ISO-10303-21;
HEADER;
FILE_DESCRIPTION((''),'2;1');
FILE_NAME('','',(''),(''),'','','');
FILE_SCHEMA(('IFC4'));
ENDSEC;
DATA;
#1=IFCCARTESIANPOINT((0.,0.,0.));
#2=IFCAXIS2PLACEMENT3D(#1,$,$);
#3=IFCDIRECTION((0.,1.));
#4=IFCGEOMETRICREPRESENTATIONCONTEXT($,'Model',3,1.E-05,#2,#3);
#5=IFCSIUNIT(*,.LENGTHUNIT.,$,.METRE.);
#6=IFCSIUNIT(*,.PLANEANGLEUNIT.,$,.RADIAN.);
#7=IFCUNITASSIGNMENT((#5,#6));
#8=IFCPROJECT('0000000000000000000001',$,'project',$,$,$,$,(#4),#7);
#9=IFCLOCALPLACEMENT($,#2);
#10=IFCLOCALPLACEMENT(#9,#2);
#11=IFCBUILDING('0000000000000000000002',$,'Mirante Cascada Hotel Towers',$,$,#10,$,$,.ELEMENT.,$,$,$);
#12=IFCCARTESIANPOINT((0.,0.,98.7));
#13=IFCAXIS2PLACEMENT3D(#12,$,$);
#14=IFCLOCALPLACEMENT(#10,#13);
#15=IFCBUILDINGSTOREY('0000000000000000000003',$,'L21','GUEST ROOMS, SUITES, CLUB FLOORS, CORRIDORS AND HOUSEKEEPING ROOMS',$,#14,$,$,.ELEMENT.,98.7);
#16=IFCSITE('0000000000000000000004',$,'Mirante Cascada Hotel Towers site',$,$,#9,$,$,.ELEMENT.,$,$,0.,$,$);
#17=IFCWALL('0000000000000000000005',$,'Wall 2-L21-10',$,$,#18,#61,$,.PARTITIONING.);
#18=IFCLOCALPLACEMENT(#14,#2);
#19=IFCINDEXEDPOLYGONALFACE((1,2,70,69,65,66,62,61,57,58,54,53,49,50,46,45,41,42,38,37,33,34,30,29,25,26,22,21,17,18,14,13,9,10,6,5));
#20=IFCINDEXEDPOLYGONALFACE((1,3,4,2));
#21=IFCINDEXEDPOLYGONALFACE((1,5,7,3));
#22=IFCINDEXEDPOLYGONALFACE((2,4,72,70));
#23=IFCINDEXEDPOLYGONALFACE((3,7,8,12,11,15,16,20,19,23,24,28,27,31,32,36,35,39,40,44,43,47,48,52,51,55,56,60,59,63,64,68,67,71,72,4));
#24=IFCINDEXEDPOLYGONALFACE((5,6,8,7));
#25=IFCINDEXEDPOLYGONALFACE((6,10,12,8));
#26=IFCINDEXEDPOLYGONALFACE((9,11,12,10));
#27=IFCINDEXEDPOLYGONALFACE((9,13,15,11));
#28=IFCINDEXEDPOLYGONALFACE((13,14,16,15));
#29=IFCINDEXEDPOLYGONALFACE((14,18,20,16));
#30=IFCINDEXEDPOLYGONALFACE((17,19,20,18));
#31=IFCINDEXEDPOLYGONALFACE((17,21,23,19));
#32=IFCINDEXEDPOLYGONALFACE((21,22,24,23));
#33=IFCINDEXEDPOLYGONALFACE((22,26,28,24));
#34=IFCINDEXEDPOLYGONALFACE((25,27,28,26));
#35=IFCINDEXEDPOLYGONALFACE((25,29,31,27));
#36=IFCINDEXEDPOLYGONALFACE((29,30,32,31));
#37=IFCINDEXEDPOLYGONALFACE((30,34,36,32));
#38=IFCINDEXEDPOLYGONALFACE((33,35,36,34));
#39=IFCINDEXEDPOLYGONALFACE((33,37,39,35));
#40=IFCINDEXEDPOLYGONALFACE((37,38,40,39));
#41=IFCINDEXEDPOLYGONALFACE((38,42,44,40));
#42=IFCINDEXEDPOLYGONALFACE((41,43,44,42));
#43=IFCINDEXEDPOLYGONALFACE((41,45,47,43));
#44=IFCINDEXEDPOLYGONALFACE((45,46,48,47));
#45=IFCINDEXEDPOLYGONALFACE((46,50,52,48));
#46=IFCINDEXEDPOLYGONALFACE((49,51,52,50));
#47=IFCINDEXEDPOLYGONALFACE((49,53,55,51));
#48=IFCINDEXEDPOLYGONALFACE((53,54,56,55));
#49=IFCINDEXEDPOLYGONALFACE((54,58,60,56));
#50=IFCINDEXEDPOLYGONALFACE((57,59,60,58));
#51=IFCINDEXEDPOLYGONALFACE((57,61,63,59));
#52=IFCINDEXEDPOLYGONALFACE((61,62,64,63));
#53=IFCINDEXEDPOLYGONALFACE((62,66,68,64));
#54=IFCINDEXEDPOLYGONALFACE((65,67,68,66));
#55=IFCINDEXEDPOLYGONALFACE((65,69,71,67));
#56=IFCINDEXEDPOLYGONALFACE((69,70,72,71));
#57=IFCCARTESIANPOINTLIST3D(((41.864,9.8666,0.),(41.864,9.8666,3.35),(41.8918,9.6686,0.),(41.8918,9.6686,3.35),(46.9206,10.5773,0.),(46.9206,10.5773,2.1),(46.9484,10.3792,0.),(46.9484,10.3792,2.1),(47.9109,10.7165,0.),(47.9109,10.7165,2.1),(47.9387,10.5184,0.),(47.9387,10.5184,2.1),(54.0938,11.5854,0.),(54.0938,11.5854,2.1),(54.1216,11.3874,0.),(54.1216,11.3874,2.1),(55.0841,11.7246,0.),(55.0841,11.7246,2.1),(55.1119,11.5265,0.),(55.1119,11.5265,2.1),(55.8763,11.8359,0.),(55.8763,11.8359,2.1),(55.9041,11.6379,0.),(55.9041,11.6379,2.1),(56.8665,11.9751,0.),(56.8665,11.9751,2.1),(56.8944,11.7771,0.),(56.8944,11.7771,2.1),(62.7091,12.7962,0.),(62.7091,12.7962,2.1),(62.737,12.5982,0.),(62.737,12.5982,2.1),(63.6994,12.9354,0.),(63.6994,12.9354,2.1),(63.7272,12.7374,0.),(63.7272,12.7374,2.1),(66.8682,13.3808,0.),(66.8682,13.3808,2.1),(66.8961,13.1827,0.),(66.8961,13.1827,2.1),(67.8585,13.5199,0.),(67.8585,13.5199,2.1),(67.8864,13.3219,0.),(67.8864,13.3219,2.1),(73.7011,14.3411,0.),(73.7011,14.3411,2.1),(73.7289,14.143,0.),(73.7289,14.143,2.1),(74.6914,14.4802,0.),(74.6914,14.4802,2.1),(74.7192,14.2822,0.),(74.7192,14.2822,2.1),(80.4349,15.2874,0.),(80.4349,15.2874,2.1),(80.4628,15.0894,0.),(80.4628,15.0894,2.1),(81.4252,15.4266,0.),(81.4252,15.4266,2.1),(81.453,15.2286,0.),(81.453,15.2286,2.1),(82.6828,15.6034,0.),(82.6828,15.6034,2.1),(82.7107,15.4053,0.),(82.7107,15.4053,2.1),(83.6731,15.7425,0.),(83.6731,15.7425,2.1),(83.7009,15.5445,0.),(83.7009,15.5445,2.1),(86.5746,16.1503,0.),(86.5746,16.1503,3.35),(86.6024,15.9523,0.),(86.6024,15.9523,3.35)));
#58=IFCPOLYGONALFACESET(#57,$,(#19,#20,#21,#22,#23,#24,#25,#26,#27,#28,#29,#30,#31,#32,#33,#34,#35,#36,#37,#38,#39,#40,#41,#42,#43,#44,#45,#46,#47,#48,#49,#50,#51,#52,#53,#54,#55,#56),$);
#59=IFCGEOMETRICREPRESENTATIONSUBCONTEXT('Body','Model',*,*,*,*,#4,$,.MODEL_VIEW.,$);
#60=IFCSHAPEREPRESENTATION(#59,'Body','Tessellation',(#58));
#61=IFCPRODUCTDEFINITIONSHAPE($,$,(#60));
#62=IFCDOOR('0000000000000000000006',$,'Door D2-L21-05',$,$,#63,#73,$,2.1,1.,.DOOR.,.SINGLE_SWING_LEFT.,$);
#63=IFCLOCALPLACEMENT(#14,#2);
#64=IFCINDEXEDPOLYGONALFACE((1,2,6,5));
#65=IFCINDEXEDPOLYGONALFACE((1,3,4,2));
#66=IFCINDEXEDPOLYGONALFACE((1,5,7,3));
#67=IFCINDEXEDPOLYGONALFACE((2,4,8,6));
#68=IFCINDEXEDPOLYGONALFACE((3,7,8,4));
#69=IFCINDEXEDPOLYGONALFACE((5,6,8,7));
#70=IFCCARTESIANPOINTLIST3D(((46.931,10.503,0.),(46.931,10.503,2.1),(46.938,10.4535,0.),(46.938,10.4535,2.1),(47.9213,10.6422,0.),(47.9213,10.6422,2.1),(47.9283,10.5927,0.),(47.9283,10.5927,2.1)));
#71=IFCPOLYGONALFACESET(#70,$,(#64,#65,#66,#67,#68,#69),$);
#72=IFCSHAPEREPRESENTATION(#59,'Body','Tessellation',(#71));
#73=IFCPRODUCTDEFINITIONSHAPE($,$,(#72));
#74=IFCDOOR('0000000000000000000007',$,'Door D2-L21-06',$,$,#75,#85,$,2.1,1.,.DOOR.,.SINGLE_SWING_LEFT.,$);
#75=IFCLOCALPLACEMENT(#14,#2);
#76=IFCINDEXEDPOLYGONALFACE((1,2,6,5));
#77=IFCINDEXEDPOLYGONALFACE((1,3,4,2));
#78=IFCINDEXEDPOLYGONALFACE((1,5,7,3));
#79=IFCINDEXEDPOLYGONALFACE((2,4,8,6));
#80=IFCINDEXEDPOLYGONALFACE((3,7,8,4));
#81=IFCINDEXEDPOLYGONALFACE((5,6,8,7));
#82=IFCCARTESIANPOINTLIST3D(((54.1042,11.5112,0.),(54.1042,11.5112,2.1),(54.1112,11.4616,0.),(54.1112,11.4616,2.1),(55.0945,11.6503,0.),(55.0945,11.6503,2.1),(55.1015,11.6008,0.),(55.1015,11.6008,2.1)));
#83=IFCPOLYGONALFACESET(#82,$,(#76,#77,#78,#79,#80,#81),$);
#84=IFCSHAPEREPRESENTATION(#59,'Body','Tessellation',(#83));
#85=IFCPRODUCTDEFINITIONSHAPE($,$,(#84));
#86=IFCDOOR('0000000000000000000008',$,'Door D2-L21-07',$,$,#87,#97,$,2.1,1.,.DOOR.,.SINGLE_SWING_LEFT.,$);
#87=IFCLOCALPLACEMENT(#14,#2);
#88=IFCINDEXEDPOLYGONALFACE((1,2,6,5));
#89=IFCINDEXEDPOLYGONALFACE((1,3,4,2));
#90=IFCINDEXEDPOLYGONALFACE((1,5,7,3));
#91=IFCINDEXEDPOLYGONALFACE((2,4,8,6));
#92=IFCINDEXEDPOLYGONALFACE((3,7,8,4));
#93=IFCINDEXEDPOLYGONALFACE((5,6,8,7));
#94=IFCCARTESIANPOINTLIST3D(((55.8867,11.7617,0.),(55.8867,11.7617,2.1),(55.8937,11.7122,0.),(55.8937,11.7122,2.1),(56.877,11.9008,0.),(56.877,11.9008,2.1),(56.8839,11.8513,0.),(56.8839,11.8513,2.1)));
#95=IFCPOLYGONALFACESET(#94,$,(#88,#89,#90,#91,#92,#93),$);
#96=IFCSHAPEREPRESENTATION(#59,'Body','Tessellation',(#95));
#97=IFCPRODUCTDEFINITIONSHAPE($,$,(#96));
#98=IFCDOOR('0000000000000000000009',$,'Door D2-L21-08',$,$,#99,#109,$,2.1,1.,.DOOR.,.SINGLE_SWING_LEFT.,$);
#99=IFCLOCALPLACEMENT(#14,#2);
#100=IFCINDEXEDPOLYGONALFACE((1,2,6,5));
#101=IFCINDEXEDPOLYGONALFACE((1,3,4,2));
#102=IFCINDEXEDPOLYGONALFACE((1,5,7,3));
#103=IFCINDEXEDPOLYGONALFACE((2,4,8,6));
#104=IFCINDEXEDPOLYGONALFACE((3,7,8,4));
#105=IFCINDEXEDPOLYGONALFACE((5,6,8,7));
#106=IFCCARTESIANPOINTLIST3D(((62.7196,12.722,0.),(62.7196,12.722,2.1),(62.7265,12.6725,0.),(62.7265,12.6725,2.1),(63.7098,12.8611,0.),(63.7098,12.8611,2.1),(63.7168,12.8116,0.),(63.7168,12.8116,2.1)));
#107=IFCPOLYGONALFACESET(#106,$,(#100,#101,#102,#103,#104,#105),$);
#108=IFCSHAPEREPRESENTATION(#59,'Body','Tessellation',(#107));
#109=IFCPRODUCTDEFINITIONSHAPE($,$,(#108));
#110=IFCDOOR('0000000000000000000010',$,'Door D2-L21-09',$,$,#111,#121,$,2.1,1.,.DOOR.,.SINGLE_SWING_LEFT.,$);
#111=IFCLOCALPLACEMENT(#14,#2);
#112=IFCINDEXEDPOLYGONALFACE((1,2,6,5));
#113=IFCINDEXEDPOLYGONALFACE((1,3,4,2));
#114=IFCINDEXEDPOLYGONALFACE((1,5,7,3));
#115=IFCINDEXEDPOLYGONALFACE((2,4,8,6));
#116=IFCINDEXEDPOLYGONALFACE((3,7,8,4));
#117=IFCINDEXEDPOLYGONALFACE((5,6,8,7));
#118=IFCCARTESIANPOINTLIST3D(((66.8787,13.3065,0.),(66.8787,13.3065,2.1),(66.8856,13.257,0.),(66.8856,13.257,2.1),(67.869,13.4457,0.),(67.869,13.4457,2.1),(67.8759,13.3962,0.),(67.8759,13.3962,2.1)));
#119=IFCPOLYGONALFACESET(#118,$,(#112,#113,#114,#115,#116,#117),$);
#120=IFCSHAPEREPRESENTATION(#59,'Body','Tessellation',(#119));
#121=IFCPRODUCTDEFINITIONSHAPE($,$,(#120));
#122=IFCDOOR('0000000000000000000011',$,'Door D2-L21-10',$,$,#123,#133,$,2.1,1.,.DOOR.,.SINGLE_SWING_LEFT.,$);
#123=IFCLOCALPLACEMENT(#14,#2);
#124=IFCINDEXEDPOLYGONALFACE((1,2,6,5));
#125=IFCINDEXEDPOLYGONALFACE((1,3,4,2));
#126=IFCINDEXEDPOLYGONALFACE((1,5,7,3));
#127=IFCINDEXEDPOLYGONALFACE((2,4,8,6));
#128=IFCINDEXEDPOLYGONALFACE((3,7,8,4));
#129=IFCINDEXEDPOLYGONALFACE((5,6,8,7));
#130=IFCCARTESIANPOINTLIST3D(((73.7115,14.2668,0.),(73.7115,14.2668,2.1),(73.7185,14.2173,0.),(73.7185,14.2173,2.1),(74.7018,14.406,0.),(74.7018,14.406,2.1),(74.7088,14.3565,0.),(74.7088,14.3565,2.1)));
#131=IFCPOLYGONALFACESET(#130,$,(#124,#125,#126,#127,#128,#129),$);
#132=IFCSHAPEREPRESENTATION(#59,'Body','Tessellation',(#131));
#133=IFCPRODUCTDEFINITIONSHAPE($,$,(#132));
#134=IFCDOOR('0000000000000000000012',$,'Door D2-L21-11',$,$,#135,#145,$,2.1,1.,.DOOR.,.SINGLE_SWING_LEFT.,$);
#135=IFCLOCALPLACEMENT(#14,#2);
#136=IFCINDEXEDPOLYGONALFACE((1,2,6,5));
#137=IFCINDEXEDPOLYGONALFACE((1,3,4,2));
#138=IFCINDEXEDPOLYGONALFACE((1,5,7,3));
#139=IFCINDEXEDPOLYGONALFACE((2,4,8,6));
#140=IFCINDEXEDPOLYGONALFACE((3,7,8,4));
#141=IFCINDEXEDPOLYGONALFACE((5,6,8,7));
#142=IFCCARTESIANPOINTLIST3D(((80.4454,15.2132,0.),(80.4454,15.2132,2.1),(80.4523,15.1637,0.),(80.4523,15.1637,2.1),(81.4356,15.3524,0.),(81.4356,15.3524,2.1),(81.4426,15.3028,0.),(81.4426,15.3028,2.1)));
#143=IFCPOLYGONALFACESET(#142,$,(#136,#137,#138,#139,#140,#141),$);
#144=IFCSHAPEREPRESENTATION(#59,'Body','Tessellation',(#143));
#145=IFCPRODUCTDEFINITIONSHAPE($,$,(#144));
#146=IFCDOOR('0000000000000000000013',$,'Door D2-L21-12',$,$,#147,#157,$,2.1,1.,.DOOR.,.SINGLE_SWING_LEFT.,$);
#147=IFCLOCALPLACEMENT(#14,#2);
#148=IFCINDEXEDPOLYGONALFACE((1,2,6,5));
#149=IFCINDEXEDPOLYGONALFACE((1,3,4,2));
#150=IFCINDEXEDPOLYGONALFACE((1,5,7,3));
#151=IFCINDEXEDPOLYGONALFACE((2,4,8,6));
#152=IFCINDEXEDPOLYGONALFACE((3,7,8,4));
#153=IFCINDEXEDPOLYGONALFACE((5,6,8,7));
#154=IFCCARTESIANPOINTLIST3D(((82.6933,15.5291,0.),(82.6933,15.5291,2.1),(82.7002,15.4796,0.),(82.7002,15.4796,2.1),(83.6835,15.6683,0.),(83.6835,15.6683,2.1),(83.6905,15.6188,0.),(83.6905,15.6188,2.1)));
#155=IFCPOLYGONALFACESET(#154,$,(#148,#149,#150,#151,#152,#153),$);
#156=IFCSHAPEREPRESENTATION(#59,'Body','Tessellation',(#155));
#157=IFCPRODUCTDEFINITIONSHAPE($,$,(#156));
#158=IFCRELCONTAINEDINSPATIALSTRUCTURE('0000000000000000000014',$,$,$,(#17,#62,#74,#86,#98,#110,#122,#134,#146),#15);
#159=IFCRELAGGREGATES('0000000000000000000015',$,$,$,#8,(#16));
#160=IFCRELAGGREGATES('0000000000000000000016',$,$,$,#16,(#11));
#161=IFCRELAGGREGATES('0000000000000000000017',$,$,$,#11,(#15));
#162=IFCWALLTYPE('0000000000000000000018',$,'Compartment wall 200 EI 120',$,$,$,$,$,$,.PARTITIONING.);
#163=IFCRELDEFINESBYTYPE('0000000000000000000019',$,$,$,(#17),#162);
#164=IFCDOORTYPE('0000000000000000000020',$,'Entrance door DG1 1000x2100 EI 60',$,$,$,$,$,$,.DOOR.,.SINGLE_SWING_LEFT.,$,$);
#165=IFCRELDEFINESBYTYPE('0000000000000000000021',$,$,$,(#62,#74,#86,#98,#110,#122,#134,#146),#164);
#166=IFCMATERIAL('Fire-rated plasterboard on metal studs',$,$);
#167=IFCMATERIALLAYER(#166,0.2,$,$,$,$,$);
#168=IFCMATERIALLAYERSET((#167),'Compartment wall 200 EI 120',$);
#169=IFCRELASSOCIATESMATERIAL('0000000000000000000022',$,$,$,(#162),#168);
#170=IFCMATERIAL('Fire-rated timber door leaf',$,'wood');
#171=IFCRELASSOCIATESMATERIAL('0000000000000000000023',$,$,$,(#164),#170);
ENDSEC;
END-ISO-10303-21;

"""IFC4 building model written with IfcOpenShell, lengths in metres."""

from ifc_helpers import new_model, si_unit, direction, frame, frame_2d, origin, place, context, subcontext, project, spatial, rectangle, extrude, material, layer, layer_set, type_object, element, fill, save


model = new_model("IFC4")

# Units and contexts
model_context = context("Model", 3, precision=1e-05, world=origin(), true_north=direction((0.0, 1.0)))
body_context = subcontext(model_context, "Body", "Model", "MODEL_VIEW")
ifc_project = project(units=[si_unit("LENGTHUNIT", "METRE"), si_unit("PLANEANGLEUNIT", "RADIAN")], contexts=[model_context])

# Site, building, storey
site_placement = place(None, origin())
site = spatial("IfcSite", under=ifc_project, at=site_placement, Name="Mirante Cascada Hotel Towers site", CompositionType="ELEMENT", RefElevation=0.0)
building_placement = place(site_placement, origin())
building = spatial("IfcBuilding", under=site, at=building_placement, Name="Mirante Cascada Hotel Towers", CompositionType="ELEMENT")
storey_placement = place(building_placement, frame((0.0, 0.0, 98.7)))
storey = spatial("IfcBuildingStorey", under=building, at=storey_placement, Name="L21", Description="GUEST ROOMS, SUITES, CLUB FLOORS, CORRIDORS AND HOUSEKEEPING ROOMS", CompositionType="ELEMENT", Elevation=98.7)

# Wall, openings, doors
ifc_material_1 = material(Name="Fire-rated plasterboard on metal studs")
ifc_layer_1 = layer(ifc_material_1, 0.2)
ifc_layer_set_1 = layer_set([ifc_layer_1], Name="Compartment wall 200 EI 120")
wall_type_1 = type_object("IfcWallType", Name="Compartment wall 200 EI 120", PredefinedType="PARTITIONING", material=ifc_layer_set_1)
wall_1_placement = place(storey_placement, frame((41.8779, 9.7676, 0.0), z_axis=(0.0, 0.0, 1.0), x_axis=(0.990268, 0.139174, 0.0)))
wall_1 = element("IfcWall", 1, at=wall_1_placement, inside=storey, type_object=wall_type_1, Name="Wall 2-L21-10", PredefinedType="PARTITIONING", context=body_context, shape_type="SweptSolid", body=[
    extrude(rectangle(XDim=45.15, YDim=0.2, at=frame_2d((22.575, 0.0))), origin(), (0.0, 0.0, 1.0), 3.35),
])
opening_1_placement = place(wall_1_placement, frame((5.1063, 0.0, 0.0)))
opening_1 = element("IfcOpeningElement", 2, at=opening_1_placement, cuts=wall_1, PredefinedType="OPENING", context=body_context, shape_type="SweptSolid", body=[
    extrude(rectangle(XDim=1.0, YDim=2.1, at=frame_2d((0.5, 1.05))), frame((0.0, 0.1, 0.0), z_axis=(0.0, -1.0, 0.0), x_axis=(1.0, 0.0, 0.0)), (0.0, 0.0, 1.0), 0.2),
])
opening_2_placement = place(wall_1_placement, frame((12.35, 0.0, 0.0)))
opening_2 = element("IfcOpeningElement", 3, at=opening_2_placement, cuts=wall_1, PredefinedType="OPENING", context=body_context, shape_type="SweptSolid", body=[
    extrude(rectangle(XDim=1.0, YDim=2.1, at=frame_2d((0.5, 1.05))), frame((0.0, 0.1, 0.0), z_axis=(0.0, -1.0, 0.0), x_axis=(1.0, 0.0, 0.0)), (0.0, 0.0, 1.0), 0.2),
])
opening_3_placement = place(wall_1_placement, frame((14.15, 0.0, 0.0)))
opening_3 = element("IfcOpeningElement", 4, at=opening_3_placement, cuts=wall_1, PredefinedType="OPENING", context=body_context, shape_type="SweptSolid", body=[
    extrude(rectangle(XDim=1.0, YDim=2.1, at=frame_2d((0.5, 1.05))), frame((0.0, 0.1, 0.0), z_axis=(0.0, -1.0, 0.0), x_axis=(1.0, 0.0, 0.0)), (0.0, 0.0, 1.0), 0.2),
])
opening_4_placement = place(wall_1_placement, frame((21.05, 0.0, 0.0)))
opening_4 = element("IfcOpeningElement", 5, at=opening_4_placement, cuts=wall_1, PredefinedType="OPENING", context=body_context, shape_type="SweptSolid", body=[
    extrude(rectangle(XDim=1.0, YDim=2.1, at=frame_2d((0.5, 1.05))), frame((0.0, 0.1, 0.0), z_axis=(0.0, -1.0, 0.0), x_axis=(1.0, 0.0, 0.0)), (0.0, 0.0, 1.0), 0.2),
])
opening_5_placement = place(wall_1_placement, frame((25.25, 0.0, 0.0)))
opening_5 = element("IfcOpeningElement", 6, at=opening_5_placement, cuts=wall_1, PredefinedType="OPENING", context=body_context, shape_type="SweptSolid", body=[
    extrude(rectangle(XDim=1.0, YDim=2.1, at=frame_2d((0.5, 1.05))), frame((0.0, 0.1, 0.0), z_axis=(0.0, -1.0, 0.0), x_axis=(1.0, 0.0, 0.0)), (0.0, 0.0, 1.0), 0.2),
])
opening_6_placement = place(wall_1_placement, frame((32.15, 0.0, 0.0)))
opening_6 = element("IfcOpeningElement", 7, at=opening_6_placement, cuts=wall_1, PredefinedType="OPENING", context=body_context, shape_type="SweptSolid", body=[
    extrude(rectangle(XDim=1.0, YDim=2.1, at=frame_2d((0.5, 1.05))), frame((0.0, 0.1, 0.0), z_axis=(0.0, -1.0, 0.0), x_axis=(1.0, 0.0, 0.0)), (0.0, 0.0, 1.0), 0.2),
])
opening_7_placement = place(wall_1_placement, frame((38.95, 0.0, 0.0)))
opening_7 = element("IfcOpeningElement", 8, at=opening_7_placement, cuts=wall_1, PredefinedType="OPENING", context=body_context, shape_type="SweptSolid", body=[
    extrude(rectangle(XDim=1.0, YDim=2.1, at=frame_2d((0.5, 1.05))), frame((0.0, 0.1, 0.0), z_axis=(0.0, -1.0, 0.0), x_axis=(1.0, 0.0, 0.0)), (0.0, 0.0, 1.0), 0.2),
])
opening_8_placement = place(wall_1_placement, frame((41.22, 0.0, 0.0)))
opening_8 = element("IfcOpeningElement", 9, at=opening_8_placement, cuts=wall_1, PredefinedType="OPENING", context=body_context, shape_type="SweptSolid", body=[
    extrude(rectangle(XDim=1.0, YDim=2.1, at=frame_2d((0.5, 1.05))), frame((0.0, 0.1, 0.0), z_axis=(0.0, -1.0, 0.0), x_axis=(1.0, 0.0, 0.0)), (0.0, 0.0, 1.0), 0.2),
])
ifc_material_2 = material(Name="Fire-rated timber door leaf", Category="wood")
door_type_1 = type_object("IfcDoorType", Name="Entrance door DG1 1000x2100 EI 60", OperationType="SINGLE_SWING_LEFT", PredefinedType="DOOR", material=ifc_material_2)
door_1_placement = place(opening_1_placement, origin())
door_1 = element("IfcDoor", 10, at=door_1_placement, inside=storey, type_object=door_type_1, Name="Door D2-L21-05", OperationType="SINGLE_SWING_LEFT", OverallHeight=2.1, OverallWidth=1.0, PredefinedType="DOOR", context=body_context, shape_type="SweptSolid", body=[
    extrude(rectangle(XDim=1.0, YDim=2.1, at=frame_2d((0.5, 1.05))), frame((0.0, 0.025, 0.0), z_axis=(0.0, -1.0, 0.0), x_axis=(1.0, 0.0, 0.0)), (0.0, 0.0, 1.0), 0.05),
])
fill(opening_1, door_1)
door_2_placement = place(opening_2_placement, origin())
door_2 = element("IfcDoor", 11, at=door_2_placement, inside=storey, type_object=door_type_1, Name="Door D2-L21-06", OperationType="SINGLE_SWING_LEFT", OverallHeight=2.1, OverallWidth=1.0, PredefinedType="DOOR", context=body_context, shape_type="SweptSolid", body=[
    extrude(rectangle(XDim=1.0, YDim=2.1, at=frame_2d((0.5, 1.05))), frame((0.0, 0.025, 0.0), z_axis=(0.0, -1.0, 0.0), x_axis=(1.0, 0.0, 0.0)), (0.0, 0.0, 1.0), 0.05),
])
fill(opening_2, door_2)
door_3_placement = place(opening_3_placement, origin())
door_3 = element("IfcDoor", 12, at=door_3_placement, inside=storey, type_object=door_type_1, Name="Door D2-L21-07", OperationType="SINGLE_SWING_LEFT", OverallHeight=2.1, OverallWidth=1.0, PredefinedType="DOOR", context=body_context, shape_type="SweptSolid", body=[
    extrude(rectangle(XDim=1.0, YDim=2.1, at=frame_2d((0.5, 1.05))), frame((0.0, 0.025, 0.0), z_axis=(0.0, -1.0, 0.0), x_axis=(1.0, 0.0, 0.0)), (0.0, 0.0, 1.0), 0.05),
])
fill(opening_3, door_3)
door_4_placement = place(opening_4_placement, origin())
door_4 = element("IfcDoor", 13, at=door_4_placement, inside=storey, type_object=door_type_1, Name="Door D2-L21-08", OperationType="SINGLE_SWING_LEFT", OverallHeight=2.1, OverallWidth=1.0, PredefinedType="DOOR", context=body_context, shape_type="SweptSolid", body=[
    extrude(rectangle(XDim=1.0, YDim=2.1, at=frame_2d((0.5, 1.05))), frame((0.0, 0.025, 0.0), z_axis=(0.0, -1.0, 0.0), x_axis=(1.0, 0.0, 0.0)), (0.0, 0.0, 1.0), 0.05),
])
fill(opening_4, door_4)
door_5_placement = place(opening_5_placement, origin())
door_5 = element("IfcDoor", 14, at=door_5_placement, inside=storey, type_object=door_type_1, Name="Door D2-L21-09", OperationType="SINGLE_SWING_LEFT", OverallHeight=2.1, OverallWidth=1.0, PredefinedType="DOOR", context=body_context, shape_type="SweptSolid", body=[
    extrude(rectangle(XDim=1.0, YDim=2.1, at=frame_2d((0.5, 1.05))), frame((0.0, 0.025, 0.0), z_axis=(0.0, -1.0, 0.0), x_axis=(1.0, 0.0, 0.0)), (0.0, 0.0, 1.0), 0.05),
])
fill(opening_5, door_5)
door_6_placement = place(opening_6_placement, origin())
door_6 = element("IfcDoor", 15, at=door_6_placement, inside=storey, type_object=door_type_1, Name="Door D2-L21-10", OperationType="SINGLE_SWING_LEFT", OverallHeight=2.1, OverallWidth=1.0, PredefinedType="DOOR", context=body_context, shape_type="SweptSolid", body=[
    extrude(rectangle(XDim=1.0, YDim=2.1, at=frame_2d((0.5, 1.05))), frame((0.0, 0.025, 0.0), z_axis=(0.0, -1.0, 0.0), x_axis=(1.0, 0.0, 0.0)), (0.0, 0.0, 1.0), 0.05),
])
fill(opening_6, door_6)
door_7_placement = place(opening_7_placement, origin())
door_7 = element("IfcDoor", 16, at=door_7_placement, inside=storey, type_object=door_type_1, Name="Door D2-L21-11", OperationType="SINGLE_SWING_LEFT", OverallHeight=2.1, OverallWidth=1.0, PredefinedType="DOOR", context=body_context, shape_type="SweptSolid", body=[
    extrude(rectangle(XDim=1.0, YDim=2.1, at=frame_2d((0.5, 1.05))), frame((0.0, 0.025, 0.0), z_axis=(0.0, -1.0, 0.0), x_axis=(1.0, 0.0, 0.0)), (0.0, 0.0, 1.0), 0.05),
])
fill(opening_7, door_7)
door_8_placement = place(opening_8_placement, origin())
door_8 = element("IfcDoor", 17, at=door_8_placement, inside=storey, type_object=door_type_1, Name="Door D2-L21-12", OperationType="SINGLE_SWING_LEFT", OverallHeight=2.1, OverallWidth=1.0, PredefinedType="DOOR", context=body_context, shape_type="SweptSolid", body=[
    extrude(rectangle(XDim=1.0, YDim=2.1, at=frame_2d((0.5, 1.05))), frame((0.0, 0.025, 0.0), z_axis=(0.0, -1.0, 0.0), x_axis=(1.0, 0.0, 0.0)), (0.0, 0.0, 1.0), 0.05),
])
fill(opening_8, door_8)

save(model, "model.ifc")
